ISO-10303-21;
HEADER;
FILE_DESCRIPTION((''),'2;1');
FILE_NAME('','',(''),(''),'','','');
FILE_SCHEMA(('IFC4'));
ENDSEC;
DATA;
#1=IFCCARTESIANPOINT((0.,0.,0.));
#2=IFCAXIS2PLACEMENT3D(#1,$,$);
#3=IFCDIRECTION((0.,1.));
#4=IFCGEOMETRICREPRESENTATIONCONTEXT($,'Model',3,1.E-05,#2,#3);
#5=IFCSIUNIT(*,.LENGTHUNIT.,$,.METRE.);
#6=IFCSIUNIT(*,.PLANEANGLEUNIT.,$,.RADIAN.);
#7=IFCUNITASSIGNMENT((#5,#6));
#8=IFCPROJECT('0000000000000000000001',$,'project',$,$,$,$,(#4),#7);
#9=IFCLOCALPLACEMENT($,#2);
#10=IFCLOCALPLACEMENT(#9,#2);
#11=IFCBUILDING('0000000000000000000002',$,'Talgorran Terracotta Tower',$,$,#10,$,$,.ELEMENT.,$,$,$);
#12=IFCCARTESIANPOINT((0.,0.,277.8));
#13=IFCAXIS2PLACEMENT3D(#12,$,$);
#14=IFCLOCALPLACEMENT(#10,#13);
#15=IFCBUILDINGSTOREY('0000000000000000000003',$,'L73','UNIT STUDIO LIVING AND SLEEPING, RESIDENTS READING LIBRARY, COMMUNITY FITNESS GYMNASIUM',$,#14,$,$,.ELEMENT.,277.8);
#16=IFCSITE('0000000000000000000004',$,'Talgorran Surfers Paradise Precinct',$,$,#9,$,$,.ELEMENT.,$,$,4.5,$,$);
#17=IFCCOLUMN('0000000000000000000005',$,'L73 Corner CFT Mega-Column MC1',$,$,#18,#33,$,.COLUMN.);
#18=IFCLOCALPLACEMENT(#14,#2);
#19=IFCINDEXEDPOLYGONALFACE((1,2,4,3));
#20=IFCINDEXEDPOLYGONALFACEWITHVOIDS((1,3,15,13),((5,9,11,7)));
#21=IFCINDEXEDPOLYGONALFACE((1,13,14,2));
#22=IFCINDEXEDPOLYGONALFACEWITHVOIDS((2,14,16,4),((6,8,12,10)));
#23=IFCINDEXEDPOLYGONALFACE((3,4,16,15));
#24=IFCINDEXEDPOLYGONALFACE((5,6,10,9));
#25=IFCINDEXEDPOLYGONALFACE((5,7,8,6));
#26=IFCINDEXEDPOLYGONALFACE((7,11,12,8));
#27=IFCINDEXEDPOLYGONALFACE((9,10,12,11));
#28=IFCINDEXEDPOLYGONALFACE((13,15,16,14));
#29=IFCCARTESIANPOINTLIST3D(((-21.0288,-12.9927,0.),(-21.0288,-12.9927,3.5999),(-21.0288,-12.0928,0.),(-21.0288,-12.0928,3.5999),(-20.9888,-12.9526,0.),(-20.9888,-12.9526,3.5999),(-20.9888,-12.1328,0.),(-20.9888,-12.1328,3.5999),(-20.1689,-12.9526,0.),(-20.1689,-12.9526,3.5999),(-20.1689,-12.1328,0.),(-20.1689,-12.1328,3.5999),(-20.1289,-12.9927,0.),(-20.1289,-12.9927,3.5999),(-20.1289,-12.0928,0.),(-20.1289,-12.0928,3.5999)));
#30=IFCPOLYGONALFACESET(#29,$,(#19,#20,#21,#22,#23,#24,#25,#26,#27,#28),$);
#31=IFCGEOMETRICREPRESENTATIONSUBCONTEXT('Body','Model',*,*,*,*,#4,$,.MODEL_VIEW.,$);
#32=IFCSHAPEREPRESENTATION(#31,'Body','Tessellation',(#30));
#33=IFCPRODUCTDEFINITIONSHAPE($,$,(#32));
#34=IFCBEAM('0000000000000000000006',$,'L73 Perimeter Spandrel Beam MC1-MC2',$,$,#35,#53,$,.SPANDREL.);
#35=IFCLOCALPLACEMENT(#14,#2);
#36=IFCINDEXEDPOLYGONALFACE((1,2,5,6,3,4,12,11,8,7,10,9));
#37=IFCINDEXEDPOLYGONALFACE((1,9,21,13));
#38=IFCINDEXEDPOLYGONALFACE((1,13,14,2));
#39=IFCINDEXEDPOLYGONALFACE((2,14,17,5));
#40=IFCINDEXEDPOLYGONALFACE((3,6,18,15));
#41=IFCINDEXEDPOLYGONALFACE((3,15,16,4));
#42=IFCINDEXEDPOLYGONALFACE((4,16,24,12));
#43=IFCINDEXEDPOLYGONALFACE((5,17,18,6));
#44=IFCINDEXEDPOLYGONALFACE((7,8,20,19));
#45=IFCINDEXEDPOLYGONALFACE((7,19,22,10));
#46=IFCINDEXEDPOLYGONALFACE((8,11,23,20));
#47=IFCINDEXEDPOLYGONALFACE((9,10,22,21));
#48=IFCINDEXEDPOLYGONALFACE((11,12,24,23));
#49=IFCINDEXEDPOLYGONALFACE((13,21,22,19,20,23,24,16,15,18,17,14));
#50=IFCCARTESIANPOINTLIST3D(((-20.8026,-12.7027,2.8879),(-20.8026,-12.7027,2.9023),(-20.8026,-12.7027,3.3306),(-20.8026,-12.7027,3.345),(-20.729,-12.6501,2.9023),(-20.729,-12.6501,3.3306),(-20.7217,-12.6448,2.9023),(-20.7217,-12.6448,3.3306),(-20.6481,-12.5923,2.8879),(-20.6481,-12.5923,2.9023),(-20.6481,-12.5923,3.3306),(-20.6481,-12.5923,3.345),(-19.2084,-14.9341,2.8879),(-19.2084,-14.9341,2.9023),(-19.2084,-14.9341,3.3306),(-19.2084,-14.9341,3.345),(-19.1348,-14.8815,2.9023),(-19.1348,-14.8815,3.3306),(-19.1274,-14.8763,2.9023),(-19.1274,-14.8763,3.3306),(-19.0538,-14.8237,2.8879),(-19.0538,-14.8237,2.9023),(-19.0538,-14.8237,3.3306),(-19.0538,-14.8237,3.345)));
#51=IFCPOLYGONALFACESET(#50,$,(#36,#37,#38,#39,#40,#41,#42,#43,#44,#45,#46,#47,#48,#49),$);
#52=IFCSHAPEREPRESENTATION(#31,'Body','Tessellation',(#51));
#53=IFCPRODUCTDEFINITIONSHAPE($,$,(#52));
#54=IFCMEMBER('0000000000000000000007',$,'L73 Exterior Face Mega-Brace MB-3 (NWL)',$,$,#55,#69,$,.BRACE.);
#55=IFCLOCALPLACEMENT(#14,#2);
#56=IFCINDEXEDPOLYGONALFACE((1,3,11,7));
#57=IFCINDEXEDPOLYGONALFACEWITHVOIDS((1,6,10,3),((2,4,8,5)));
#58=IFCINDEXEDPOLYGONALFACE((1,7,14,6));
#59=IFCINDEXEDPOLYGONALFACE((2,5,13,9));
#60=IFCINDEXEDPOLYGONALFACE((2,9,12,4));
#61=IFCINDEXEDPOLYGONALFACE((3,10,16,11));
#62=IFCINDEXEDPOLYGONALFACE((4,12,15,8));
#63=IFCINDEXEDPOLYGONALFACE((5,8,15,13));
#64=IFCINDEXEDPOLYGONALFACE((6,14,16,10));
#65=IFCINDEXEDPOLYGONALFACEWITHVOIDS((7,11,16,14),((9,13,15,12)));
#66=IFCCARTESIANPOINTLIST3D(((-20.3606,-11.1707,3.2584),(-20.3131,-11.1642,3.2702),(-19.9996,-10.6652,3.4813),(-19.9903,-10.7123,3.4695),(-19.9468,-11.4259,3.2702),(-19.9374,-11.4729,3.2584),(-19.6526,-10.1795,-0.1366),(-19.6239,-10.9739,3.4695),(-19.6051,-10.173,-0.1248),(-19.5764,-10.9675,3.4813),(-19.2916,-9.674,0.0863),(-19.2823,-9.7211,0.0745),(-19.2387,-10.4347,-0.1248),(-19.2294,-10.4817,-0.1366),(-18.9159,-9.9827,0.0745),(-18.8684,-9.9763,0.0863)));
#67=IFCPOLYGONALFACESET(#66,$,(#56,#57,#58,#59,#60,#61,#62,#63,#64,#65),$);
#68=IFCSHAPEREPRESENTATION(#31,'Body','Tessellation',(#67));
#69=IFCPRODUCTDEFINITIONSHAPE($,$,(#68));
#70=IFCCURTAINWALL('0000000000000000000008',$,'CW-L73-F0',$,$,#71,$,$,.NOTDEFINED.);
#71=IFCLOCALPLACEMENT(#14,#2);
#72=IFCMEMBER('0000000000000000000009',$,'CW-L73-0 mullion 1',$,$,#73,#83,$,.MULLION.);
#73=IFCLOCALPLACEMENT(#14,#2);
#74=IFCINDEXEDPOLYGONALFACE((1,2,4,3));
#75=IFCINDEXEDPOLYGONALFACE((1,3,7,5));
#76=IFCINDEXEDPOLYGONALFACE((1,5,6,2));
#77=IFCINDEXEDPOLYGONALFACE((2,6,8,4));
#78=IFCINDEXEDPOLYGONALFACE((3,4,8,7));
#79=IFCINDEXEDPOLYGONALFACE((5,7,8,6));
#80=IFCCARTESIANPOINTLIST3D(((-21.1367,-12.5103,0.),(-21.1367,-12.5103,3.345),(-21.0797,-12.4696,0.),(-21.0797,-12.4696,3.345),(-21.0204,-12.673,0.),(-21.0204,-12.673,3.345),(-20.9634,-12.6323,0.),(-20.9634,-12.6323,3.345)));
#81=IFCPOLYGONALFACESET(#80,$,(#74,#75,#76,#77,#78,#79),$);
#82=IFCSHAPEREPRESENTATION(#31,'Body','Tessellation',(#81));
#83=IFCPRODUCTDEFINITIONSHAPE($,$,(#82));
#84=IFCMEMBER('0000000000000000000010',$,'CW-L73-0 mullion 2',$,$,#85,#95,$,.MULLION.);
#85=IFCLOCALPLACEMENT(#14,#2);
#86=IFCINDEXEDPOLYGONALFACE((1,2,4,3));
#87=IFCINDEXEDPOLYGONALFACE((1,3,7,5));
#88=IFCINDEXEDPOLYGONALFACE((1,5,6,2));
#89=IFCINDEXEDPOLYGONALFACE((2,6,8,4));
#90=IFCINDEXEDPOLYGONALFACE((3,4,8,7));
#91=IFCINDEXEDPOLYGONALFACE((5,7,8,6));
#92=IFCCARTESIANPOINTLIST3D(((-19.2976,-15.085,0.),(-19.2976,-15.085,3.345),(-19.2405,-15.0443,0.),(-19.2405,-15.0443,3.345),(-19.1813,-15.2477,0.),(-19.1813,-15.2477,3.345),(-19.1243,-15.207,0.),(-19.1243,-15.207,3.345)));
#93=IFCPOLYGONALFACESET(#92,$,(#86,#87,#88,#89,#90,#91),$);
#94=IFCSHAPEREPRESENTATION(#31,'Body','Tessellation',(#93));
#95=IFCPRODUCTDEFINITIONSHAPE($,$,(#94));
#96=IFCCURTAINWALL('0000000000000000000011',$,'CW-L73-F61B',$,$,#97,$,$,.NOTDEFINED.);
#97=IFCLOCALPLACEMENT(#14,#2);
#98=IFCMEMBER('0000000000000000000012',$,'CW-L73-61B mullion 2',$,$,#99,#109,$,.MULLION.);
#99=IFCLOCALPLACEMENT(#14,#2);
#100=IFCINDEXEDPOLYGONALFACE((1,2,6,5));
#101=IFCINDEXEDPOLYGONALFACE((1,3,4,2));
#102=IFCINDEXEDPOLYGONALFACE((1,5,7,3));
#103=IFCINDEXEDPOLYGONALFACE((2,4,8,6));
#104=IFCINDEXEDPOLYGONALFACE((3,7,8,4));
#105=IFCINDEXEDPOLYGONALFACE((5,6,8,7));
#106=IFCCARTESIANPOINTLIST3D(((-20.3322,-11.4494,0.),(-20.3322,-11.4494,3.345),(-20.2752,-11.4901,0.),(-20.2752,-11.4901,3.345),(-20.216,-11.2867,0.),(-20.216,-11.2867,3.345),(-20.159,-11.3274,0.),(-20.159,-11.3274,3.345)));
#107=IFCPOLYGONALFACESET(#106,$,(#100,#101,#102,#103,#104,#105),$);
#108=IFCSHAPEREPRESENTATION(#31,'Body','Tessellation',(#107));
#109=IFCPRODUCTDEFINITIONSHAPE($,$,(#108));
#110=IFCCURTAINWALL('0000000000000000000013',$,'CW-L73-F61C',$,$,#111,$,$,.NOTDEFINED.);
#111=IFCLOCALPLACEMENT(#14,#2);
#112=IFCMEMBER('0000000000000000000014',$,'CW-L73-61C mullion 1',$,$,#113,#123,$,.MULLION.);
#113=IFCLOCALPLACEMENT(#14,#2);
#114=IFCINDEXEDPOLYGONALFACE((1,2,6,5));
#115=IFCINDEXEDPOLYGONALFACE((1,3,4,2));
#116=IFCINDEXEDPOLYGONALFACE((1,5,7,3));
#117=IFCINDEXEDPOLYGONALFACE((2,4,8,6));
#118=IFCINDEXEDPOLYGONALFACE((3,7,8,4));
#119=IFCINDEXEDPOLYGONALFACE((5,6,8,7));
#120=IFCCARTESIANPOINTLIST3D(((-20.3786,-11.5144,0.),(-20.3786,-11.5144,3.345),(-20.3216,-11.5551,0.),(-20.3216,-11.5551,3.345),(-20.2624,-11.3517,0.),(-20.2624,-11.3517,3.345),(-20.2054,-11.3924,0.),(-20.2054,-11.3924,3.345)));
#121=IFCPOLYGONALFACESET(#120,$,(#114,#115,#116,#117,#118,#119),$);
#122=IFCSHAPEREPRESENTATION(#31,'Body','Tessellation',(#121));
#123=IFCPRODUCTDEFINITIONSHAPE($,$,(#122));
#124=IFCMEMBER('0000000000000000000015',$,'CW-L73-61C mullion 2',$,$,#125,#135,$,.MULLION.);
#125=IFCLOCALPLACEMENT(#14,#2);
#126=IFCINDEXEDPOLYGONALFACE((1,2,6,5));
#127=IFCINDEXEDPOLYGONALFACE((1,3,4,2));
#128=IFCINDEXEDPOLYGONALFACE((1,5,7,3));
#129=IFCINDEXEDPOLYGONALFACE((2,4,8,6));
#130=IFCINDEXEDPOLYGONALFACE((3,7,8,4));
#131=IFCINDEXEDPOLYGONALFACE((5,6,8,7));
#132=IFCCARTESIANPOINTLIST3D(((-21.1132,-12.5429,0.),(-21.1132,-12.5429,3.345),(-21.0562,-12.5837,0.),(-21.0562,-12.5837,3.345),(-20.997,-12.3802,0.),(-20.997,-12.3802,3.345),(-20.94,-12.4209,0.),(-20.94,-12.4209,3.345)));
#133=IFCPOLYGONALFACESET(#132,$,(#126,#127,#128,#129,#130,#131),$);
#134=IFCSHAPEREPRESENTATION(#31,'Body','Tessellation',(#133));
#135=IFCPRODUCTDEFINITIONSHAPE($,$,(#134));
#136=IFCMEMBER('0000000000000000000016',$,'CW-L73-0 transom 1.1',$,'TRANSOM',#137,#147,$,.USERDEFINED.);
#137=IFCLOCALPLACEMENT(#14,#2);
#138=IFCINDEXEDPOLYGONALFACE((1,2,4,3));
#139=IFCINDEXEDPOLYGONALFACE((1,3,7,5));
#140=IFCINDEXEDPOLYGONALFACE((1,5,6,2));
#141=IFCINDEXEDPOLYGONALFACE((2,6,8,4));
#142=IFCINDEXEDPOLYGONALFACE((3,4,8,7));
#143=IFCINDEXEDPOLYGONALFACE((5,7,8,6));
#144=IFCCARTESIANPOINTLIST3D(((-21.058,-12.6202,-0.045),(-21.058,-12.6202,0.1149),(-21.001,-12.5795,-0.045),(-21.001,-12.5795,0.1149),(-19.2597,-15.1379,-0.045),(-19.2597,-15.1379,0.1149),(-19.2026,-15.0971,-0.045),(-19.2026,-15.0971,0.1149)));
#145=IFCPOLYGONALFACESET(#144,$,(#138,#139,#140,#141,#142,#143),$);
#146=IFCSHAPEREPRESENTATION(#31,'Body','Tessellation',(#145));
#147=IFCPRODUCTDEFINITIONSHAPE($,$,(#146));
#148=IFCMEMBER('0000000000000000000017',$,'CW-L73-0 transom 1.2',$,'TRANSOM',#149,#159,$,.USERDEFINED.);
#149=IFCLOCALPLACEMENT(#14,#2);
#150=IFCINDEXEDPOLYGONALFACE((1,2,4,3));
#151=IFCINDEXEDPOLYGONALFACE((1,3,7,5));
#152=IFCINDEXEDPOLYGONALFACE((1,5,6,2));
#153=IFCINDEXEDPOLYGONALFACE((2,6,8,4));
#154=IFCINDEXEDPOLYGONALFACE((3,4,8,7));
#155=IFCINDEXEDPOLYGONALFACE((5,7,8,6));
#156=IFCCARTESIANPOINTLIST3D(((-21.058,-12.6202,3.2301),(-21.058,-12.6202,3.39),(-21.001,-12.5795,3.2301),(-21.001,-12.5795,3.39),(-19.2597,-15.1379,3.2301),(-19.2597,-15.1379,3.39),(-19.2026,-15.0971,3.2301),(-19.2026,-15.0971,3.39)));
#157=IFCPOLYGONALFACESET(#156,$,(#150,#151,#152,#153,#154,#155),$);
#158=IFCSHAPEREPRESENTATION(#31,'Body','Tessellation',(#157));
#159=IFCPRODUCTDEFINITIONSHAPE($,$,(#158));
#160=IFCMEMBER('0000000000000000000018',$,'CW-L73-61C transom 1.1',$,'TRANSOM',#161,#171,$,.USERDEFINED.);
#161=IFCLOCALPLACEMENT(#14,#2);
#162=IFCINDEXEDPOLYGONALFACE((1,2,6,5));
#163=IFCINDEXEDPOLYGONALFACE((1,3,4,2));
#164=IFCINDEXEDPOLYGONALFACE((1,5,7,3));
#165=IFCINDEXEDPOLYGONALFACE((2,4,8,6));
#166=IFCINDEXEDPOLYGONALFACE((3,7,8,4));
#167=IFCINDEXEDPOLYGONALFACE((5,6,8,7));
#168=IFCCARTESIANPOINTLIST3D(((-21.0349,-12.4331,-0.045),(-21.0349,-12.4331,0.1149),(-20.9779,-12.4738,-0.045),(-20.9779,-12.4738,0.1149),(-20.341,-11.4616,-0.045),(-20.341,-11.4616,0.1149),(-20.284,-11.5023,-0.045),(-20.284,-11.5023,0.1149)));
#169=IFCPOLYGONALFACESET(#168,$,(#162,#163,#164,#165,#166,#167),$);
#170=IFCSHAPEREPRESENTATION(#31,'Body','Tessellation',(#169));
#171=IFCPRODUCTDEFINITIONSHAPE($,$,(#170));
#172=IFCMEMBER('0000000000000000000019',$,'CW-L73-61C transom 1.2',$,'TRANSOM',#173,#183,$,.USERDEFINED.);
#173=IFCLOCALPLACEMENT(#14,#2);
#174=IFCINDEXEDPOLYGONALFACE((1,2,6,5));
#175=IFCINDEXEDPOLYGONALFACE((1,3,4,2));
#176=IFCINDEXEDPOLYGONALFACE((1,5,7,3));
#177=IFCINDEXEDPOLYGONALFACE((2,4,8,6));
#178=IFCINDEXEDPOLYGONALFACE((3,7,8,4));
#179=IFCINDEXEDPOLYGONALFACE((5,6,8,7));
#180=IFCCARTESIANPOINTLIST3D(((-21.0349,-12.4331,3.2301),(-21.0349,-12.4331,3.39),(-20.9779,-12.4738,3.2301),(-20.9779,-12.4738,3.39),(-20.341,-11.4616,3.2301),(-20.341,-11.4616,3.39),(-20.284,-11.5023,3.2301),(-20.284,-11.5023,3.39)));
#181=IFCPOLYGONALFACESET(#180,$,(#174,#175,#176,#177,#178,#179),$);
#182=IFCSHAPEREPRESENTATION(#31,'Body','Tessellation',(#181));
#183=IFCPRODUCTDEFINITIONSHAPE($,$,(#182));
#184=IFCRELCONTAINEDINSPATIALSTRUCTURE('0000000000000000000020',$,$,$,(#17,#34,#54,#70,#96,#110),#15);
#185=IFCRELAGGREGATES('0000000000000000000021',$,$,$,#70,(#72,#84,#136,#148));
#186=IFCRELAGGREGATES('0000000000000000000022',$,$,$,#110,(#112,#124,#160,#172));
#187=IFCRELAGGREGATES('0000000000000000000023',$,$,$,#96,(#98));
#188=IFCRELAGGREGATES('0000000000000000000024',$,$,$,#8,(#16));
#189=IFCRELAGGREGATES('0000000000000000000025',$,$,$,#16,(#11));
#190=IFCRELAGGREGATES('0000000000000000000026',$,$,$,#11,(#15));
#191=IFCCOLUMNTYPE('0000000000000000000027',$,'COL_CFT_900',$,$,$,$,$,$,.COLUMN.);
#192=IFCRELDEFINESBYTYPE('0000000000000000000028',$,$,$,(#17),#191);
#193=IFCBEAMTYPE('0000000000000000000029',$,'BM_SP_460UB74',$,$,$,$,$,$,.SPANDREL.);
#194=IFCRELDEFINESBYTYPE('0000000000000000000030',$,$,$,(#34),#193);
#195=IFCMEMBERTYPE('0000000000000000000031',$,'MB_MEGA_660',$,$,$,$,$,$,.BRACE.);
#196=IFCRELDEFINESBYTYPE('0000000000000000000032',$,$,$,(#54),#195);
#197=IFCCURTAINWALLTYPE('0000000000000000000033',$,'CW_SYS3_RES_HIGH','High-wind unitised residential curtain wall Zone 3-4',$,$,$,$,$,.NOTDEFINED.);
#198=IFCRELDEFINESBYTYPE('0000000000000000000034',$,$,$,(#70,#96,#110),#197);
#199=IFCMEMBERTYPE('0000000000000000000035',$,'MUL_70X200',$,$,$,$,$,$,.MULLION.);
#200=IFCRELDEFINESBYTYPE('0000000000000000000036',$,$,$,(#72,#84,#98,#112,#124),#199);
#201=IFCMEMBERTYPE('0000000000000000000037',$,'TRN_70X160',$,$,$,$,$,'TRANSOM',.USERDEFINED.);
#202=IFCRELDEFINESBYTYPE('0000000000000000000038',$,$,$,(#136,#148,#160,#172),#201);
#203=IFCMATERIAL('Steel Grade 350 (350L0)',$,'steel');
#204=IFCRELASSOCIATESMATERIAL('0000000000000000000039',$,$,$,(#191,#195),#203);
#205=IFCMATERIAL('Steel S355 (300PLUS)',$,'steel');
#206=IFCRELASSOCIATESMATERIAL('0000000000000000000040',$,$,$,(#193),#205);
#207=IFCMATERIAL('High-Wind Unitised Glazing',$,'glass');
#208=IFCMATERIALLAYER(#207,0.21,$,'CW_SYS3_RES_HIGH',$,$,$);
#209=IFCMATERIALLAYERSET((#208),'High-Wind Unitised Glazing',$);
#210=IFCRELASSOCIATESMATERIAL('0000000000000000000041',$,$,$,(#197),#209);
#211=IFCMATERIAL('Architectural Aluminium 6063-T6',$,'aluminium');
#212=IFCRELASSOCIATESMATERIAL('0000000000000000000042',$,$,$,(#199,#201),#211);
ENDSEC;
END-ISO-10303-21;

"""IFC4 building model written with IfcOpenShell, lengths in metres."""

from ifc_helpers import new_model, si_unit, direction, frame, origin, origin_2d, place, context, subcontext, project, spatial, rectangle, hollow_rectangle, i_section, extrude, material, layer, layer_set, material_profile, profile_set, type_object, element, aggregate, save


model = new_model("IFC4")

# Units and contexts
model_context = context("Model", 3, precision=1e-05, world=origin(), true_north=direction((0.0, 1.0)))
body_context = subcontext(model_context, "Body", "Model", "MODEL_VIEW")
ifc_project = project(units=[si_unit("LENGTHUNIT", "METRE"), si_unit("PLANEANGLEUNIT", "RADIAN")], contexts=[model_context])

# Site, building, storey
site_placement = place(None, origin())
site = spatial("IfcSite", under=ifc_project, at=site_placement, Name="Talgorran Surfers Paradise Precinct", CompositionType="ELEMENT", RefElevation=4.5)
building_placement = place(site_placement, origin())
building = spatial("IfcBuilding", under=site, at=building_placement, Name="Talgorran Terracotta Tower", CompositionType="ELEMENT")
storey_placement = place(building_placement, frame((0.0, 0.0, 277.8)))
storey = spatial("IfcBuildingStorey", under=building, at=storey_placement, Name="L73", Description="UNIT STUDIO LIVING AND SLEEPING, RESIDENTS READING LIBRARY, COMMUNITY FITNESS GYMNASIUM", CompositionType="ELEMENT", Elevation=277.8)

# Column
ifc_material_1 = material(Name="Steel Grade 350 (350L0)", Category="steel")
ifc_material_profile_1 = material_profile(ifc_material_1, hollow_rectangle(XDim=0.8999, YDim=0.8999, WallThickness=0.04, at=origin_2d()), Name="CFT900X900X40")
ifc_profile_set_1 = profile_set([ifc_material_profile_1], Name="Steel Grade 350 (350L0)")
column_type = type_object("IfcColumnType", Name="COL_CFT_900", PredefinedType="COLUMN", material=ifc_profile_set_1)
column_placement = place(storey_placement, frame((-20.5789, -12.5427, 0.0), z_axis=(0.0, 0.0, 1.0), x_axis=(1.0, 0.0, 0.0)))
element("IfcColumn", 1, at=column_placement, inside=storey, type_object=column_type, Name="L73 Corner CFT Mega-Column MC1", PredefinedType="COLUMN", context=body_context, shape_type="SweptSolid", body=[
    extrude(hollow_rectangle(XDim=0.8999, YDim=0.8999, WallThickness=0.04, at=origin_2d()), origin(), (0.0, 0.0, 1.0), 3.5999),
])

# Beam
ifc_material_2 = material(Name="Steel S355 (300PLUS)", Category="steel")
ifc_material_profile_2 = material_profile(ifc_material_2, i_section(OverallWidth=0.1899, OverallDepth=0.457, WebThickness=0.009, FlangeThickness=0.0144, at=origin_2d()), Name="460UB74.6")
ifc_profile_set_2 = profile_set([ifc_material_profile_2], Name="Steel S355 (300PLUS)")
beam_type = type_object("IfcBeamType", Name="BM_SP_460UB74", PredefinedType="SPANDREL", material=ifc_profile_set_2)
beam_placement = place(storey_placement, frame((-20.7253, -12.6475, 3.1165), z_axis=(0.581322, -0.813673, 0.0), x_axis=(0.813673, 0.581322, 0.0)))
element("IfcBeam", 2, at=beam_placement, inside=storey, type_object=beam_type, Name="L73 Perimeter Spandrel Beam MC1-MC2", PredefinedType="SPANDREL", context=body_context, shape_type="SweptSolid", body=[
    extrude(i_section(OverallWidth=0.1899, OverallDepth=0.457, WebThickness=0.009, FlangeThickness=0.0144, at=origin_2d()), origin(), (0.0, 0.0, 1.0), 2.7424),
])

# Member
ifc_material_profile_3 = material_profile(ifc_material_1, hollow_rectangle(XDim=0.52, YDim=0.6599, WallThickness=0.0349, at=origin_2d()), Name="WBOX660X520X35")
ifc_profile_set_3 = profile_set([ifc_material_profile_3], Name="Steel Grade 350 (350L0)")
member_type_1 = type_object("IfcMemberType", Name="MB_MEGA_660", PredefinedType="BRACE", material=ifc_profile_set_3)
member_1_placement = place(storey_placement, frame((-19.2605, -10.0779, -0.0251), z_axis=(-0.196291, -0.274807, 0.94125), x_axis=(0.813733, -0.581238, 0.0)))
element("IfcMember", 3, at=member_1_placement, inside=storey, type_object=member_type_1, Name="L73 Exterior Face Mega-Brace MB-3 (NWL)", PredefinedType="BRACE", context=body_context, shape_type="SweptSolid", body=[
    extrude(hollow_rectangle(XDim=0.52, YDim=0.6599, WallThickness=0.0349, at=origin_2d()), origin(), (0.0, 0.0, 1.0), 3.6069),
])

# Curtain wall, members
ifc_material_3 = material(Name="High-Wind Unitised Glazing", Category="glass")
ifc_layer_1 = layer(ifc_material_3, 0.21, Name="CW_SYS3_RES_HIGH")
ifc_layer_set_1 = layer_set([ifc_layer_1], Name="High-Wind Unitised Glazing")
curtain_wall_type = type_object("IfcCurtainWallType", Name="CW_SYS3_RES_HIGH", Description="High-wind unitised residential curtain wall Zone 3-4", PredefinedType="NOTDEFINED", material=ifc_layer_set_1)
curtain_wall_1_placement = place(storey_placement, origin())
curtain_wall_1 = element("IfcCurtainWall", 4, at=curtain_wall_1_placement, inside=storey, type_object=curtain_wall_type, Name="CW-L73-F0", PredefinedType="NOTDEFINED")
ifc_material_4 = material(Name="Architectural Aluminium 6063-T6", Category="aluminium")
ifc_material_profile_4 = material_profile(ifc_material_4, rectangle(XDim=0.0701, YDim=0.2, at=origin_2d()), Name="CWM70X200")
ifc_profile_set_4 = profile_set([ifc_material_profile_4], Name="Architectural Aluminium 6063-T6")
member_type_2 = type_object("IfcMemberType", Name="MUL_70X200", PredefinedType="MULLION", material=ifc_profile_set_4)
member_2_placement = place(storey_placement, frame((-21.05, -12.5713, 0.0), z_axis=(0.0, 0.0, 1.0), x_axis=(0.813721, 0.581256, 0.0)))
member_2 = element("IfcMember", 5, at=member_2_placement, type_object=member_type_2, Name="CW-L73-0 mullion 1", PredefinedType="MULLION", context=body_context, shape_type="SweptSolid", body=[
    extrude(rectangle(XDim=0.0701, YDim=0.2, at=origin_2d()), origin(), (0.0, 0.0, 1.0), 3.345),
])
member_3_placement = place(storey_placement, frame((-19.2109, -15.146, 0.0), z_axis=(0.0, 0.0, 1.0), x_axis=(0.813721, 0.581256, 0.0)))
member_3 = element("IfcMember", 6, at=member_3_placement, type_object=member_type_2, Name="CW-L73-0 mullion 2", PredefinedType="MULLION", context=body_context, shape_type="SweptSolid", body=[
    extrude(rectangle(XDim=0.0701, YDim=0.2, at=origin_2d()), origin(), (0.0, 0.0, 1.0), 3.345),
])

# Curtain wall, member
curtain_wall_2_placement = place(storey_placement, origin())
curtain_wall_2 = element("IfcCurtainWall", 7, at=curtain_wall_2_placement, inside=storey, type_object=curtain_wall_type, Name="CW-L73-F61B", PredefinedType="NOTDEFINED")
member_4_placement = place(storey_placement, frame((-20.2456, -11.3884, 0.0), z_axis=(0.0, 0.0, 1.0), x_axis=(0.813714, -0.581265, 0.0)))
member_4 = element("IfcMember", 8, at=member_4_placement, type_object=member_type_2, Name="CW-L73-61B mullion 2", PredefinedType="MULLION", context=body_context, shape_type="SweptSolid", body=[
    extrude(rectangle(XDim=0.0701, YDim=0.2, at=origin_2d()), origin(), (0.0, 0.0, 1.0), 3.345),
])

# Curtain wall, members
curtain_wall_3_placement = place(storey_placement, origin())
curtain_wall_3 = element("IfcCurtainWall", 9, at=curtain_wall_3_placement, inside=storey, type_object=curtain_wall_type, Name="CW-L73-F61C", PredefinedType="NOTDEFINED")
member_5_placement = place(storey_placement, frame((-20.292, -11.4534, 0.0), z_axis=(0.0, 0.0, 1.0), x_axis=(0.813728, -0.581245, 0.0)))
member_5 = element("IfcMember", 10, at=member_5_placement, type_object=member_type_2, Name="CW-L73-61C mullion 1", PredefinedType="MULLION", context=body_context, shape_type="SweptSolid", body=[
    extrude(rectangle(XDim=0.0701, YDim=0.2, at=origin_2d()), origin(), (0.0, 0.0, 1.0), 3.345),
])
member_6_placement = place(storey_placement, frame((-21.0266, -12.4819, 0.0), z_axis=(0.0, 0.0, 1.0), x_axis=(0.813728, -0.581245, 0.0)))
member_6 = element("IfcMember", 11, at=member_6_placement, type_object=member_type_2, Name="CW-L73-61C mullion 2", PredefinedType="MULLION", context=body_context, shape_type="SweptSolid", body=[
    extrude(rectangle(XDim=0.0701, YDim=0.2, at=origin_2d()), origin(), (0.0, 0.0, 1.0), 3.345),
])

# Members
ifc_material_profile_5 = material_profile(ifc_material_4, rectangle(XDim=0.0701, YDim=0.1599, at=origin_2d()), Name="CWT70X160")
ifc_profile_set_5 = profile_set([ifc_material_profile_5], Name="Architectural Aluminium 6063-T6")
member_type_3 = type_object("IfcMemberType", Name="TRN_70X160", ElementType="TRANSOM", PredefinedType="USERDEFINED", material=ifc_profile_set_5)
member_7_placement = place(storey_placement, frame((-21.0295, -12.5999, 0.0349), z_axis=(0.581253, -0.813723, 0.0), x_axis=(0.813723, 0.581253, 0.0)))
member_7 = element("IfcMember", 12, at=member_7_placement, type_object=member_type_3, Name="CW-L73-0 transom 1.1", ObjectType="TRANSOM", PredefinedType="USERDEFINED", context=body_context, shape_type="SweptSolid", body=[
    extrude(rectangle(XDim=0.0701, YDim=0.1599, at=origin_2d()), origin(), (0.0, 0.0, 1.0), 3.094),
])
member_8_placement = place(storey_placement, frame((-21.0295, -12.5999, 3.3101), z_axis=(0.581253, -0.813723, 0.0), x_axis=(0.813723, 0.581253, 0.0)))
member_8 = element("IfcMember", 13, at=member_8_placement, type_object=member_type_3, Name="CW-L73-0 transom 1.2", ObjectType="TRANSOM", PredefinedType="USERDEFINED", context=body_context, shape_type="SweptSolid", body=[
    extrude(rectangle(XDim=0.0701, YDim=0.1599, at=origin_2d()), origin(), (0.0, 0.0, 1.0), 3.094),
])
member_9_placement = place(storey_placement, frame((-20.3125, -11.4819, 0.0349), z_axis=(-0.581219, -0.813747, 0.0), x_axis=(0.813747, -0.581219, 0.0)))
member_9 = element("IfcMember", 14, at=member_9_placement, type_object=member_type_3, Name="CW-L73-61C transom 1.1", ObjectType="TRANSOM", PredefinedType="USERDEFINED", context=body_context, shape_type="SweptSolid", body=[
    extrude(rectangle(XDim=0.0701, YDim=0.1599, at=origin_2d()), origin(), (0.0, 0.0, 1.0), 1.1938),
])
member_10_placement = place(storey_placement, frame((-20.3125, -11.4819, 3.3101), z_axis=(-0.581219, -0.813747, 0.0), x_axis=(0.813747, -0.581219, 0.0)))
member_10 = element("IfcMember", 15, at=member_10_placement, type_object=member_type_3, Name="CW-L73-61C transom 1.2", ObjectType="TRANSOM", PredefinedType="USERDEFINED", context=body_context, shape_type="SweptSolid", body=[
    extrude(rectangle(XDim=0.0701, YDim=0.1599, at=origin_2d()), origin(), (0.0, 0.0, 1.0), 1.1938),
])

aggregate(curtain_wall_1, [member_2, member_3, member_7, member_8])
aggregate(curtain_wall_3, [member_5, member_6, member_9, member_10])
aggregate(curtain_wall_2, [member_4])

save(model, "model.ifc")
